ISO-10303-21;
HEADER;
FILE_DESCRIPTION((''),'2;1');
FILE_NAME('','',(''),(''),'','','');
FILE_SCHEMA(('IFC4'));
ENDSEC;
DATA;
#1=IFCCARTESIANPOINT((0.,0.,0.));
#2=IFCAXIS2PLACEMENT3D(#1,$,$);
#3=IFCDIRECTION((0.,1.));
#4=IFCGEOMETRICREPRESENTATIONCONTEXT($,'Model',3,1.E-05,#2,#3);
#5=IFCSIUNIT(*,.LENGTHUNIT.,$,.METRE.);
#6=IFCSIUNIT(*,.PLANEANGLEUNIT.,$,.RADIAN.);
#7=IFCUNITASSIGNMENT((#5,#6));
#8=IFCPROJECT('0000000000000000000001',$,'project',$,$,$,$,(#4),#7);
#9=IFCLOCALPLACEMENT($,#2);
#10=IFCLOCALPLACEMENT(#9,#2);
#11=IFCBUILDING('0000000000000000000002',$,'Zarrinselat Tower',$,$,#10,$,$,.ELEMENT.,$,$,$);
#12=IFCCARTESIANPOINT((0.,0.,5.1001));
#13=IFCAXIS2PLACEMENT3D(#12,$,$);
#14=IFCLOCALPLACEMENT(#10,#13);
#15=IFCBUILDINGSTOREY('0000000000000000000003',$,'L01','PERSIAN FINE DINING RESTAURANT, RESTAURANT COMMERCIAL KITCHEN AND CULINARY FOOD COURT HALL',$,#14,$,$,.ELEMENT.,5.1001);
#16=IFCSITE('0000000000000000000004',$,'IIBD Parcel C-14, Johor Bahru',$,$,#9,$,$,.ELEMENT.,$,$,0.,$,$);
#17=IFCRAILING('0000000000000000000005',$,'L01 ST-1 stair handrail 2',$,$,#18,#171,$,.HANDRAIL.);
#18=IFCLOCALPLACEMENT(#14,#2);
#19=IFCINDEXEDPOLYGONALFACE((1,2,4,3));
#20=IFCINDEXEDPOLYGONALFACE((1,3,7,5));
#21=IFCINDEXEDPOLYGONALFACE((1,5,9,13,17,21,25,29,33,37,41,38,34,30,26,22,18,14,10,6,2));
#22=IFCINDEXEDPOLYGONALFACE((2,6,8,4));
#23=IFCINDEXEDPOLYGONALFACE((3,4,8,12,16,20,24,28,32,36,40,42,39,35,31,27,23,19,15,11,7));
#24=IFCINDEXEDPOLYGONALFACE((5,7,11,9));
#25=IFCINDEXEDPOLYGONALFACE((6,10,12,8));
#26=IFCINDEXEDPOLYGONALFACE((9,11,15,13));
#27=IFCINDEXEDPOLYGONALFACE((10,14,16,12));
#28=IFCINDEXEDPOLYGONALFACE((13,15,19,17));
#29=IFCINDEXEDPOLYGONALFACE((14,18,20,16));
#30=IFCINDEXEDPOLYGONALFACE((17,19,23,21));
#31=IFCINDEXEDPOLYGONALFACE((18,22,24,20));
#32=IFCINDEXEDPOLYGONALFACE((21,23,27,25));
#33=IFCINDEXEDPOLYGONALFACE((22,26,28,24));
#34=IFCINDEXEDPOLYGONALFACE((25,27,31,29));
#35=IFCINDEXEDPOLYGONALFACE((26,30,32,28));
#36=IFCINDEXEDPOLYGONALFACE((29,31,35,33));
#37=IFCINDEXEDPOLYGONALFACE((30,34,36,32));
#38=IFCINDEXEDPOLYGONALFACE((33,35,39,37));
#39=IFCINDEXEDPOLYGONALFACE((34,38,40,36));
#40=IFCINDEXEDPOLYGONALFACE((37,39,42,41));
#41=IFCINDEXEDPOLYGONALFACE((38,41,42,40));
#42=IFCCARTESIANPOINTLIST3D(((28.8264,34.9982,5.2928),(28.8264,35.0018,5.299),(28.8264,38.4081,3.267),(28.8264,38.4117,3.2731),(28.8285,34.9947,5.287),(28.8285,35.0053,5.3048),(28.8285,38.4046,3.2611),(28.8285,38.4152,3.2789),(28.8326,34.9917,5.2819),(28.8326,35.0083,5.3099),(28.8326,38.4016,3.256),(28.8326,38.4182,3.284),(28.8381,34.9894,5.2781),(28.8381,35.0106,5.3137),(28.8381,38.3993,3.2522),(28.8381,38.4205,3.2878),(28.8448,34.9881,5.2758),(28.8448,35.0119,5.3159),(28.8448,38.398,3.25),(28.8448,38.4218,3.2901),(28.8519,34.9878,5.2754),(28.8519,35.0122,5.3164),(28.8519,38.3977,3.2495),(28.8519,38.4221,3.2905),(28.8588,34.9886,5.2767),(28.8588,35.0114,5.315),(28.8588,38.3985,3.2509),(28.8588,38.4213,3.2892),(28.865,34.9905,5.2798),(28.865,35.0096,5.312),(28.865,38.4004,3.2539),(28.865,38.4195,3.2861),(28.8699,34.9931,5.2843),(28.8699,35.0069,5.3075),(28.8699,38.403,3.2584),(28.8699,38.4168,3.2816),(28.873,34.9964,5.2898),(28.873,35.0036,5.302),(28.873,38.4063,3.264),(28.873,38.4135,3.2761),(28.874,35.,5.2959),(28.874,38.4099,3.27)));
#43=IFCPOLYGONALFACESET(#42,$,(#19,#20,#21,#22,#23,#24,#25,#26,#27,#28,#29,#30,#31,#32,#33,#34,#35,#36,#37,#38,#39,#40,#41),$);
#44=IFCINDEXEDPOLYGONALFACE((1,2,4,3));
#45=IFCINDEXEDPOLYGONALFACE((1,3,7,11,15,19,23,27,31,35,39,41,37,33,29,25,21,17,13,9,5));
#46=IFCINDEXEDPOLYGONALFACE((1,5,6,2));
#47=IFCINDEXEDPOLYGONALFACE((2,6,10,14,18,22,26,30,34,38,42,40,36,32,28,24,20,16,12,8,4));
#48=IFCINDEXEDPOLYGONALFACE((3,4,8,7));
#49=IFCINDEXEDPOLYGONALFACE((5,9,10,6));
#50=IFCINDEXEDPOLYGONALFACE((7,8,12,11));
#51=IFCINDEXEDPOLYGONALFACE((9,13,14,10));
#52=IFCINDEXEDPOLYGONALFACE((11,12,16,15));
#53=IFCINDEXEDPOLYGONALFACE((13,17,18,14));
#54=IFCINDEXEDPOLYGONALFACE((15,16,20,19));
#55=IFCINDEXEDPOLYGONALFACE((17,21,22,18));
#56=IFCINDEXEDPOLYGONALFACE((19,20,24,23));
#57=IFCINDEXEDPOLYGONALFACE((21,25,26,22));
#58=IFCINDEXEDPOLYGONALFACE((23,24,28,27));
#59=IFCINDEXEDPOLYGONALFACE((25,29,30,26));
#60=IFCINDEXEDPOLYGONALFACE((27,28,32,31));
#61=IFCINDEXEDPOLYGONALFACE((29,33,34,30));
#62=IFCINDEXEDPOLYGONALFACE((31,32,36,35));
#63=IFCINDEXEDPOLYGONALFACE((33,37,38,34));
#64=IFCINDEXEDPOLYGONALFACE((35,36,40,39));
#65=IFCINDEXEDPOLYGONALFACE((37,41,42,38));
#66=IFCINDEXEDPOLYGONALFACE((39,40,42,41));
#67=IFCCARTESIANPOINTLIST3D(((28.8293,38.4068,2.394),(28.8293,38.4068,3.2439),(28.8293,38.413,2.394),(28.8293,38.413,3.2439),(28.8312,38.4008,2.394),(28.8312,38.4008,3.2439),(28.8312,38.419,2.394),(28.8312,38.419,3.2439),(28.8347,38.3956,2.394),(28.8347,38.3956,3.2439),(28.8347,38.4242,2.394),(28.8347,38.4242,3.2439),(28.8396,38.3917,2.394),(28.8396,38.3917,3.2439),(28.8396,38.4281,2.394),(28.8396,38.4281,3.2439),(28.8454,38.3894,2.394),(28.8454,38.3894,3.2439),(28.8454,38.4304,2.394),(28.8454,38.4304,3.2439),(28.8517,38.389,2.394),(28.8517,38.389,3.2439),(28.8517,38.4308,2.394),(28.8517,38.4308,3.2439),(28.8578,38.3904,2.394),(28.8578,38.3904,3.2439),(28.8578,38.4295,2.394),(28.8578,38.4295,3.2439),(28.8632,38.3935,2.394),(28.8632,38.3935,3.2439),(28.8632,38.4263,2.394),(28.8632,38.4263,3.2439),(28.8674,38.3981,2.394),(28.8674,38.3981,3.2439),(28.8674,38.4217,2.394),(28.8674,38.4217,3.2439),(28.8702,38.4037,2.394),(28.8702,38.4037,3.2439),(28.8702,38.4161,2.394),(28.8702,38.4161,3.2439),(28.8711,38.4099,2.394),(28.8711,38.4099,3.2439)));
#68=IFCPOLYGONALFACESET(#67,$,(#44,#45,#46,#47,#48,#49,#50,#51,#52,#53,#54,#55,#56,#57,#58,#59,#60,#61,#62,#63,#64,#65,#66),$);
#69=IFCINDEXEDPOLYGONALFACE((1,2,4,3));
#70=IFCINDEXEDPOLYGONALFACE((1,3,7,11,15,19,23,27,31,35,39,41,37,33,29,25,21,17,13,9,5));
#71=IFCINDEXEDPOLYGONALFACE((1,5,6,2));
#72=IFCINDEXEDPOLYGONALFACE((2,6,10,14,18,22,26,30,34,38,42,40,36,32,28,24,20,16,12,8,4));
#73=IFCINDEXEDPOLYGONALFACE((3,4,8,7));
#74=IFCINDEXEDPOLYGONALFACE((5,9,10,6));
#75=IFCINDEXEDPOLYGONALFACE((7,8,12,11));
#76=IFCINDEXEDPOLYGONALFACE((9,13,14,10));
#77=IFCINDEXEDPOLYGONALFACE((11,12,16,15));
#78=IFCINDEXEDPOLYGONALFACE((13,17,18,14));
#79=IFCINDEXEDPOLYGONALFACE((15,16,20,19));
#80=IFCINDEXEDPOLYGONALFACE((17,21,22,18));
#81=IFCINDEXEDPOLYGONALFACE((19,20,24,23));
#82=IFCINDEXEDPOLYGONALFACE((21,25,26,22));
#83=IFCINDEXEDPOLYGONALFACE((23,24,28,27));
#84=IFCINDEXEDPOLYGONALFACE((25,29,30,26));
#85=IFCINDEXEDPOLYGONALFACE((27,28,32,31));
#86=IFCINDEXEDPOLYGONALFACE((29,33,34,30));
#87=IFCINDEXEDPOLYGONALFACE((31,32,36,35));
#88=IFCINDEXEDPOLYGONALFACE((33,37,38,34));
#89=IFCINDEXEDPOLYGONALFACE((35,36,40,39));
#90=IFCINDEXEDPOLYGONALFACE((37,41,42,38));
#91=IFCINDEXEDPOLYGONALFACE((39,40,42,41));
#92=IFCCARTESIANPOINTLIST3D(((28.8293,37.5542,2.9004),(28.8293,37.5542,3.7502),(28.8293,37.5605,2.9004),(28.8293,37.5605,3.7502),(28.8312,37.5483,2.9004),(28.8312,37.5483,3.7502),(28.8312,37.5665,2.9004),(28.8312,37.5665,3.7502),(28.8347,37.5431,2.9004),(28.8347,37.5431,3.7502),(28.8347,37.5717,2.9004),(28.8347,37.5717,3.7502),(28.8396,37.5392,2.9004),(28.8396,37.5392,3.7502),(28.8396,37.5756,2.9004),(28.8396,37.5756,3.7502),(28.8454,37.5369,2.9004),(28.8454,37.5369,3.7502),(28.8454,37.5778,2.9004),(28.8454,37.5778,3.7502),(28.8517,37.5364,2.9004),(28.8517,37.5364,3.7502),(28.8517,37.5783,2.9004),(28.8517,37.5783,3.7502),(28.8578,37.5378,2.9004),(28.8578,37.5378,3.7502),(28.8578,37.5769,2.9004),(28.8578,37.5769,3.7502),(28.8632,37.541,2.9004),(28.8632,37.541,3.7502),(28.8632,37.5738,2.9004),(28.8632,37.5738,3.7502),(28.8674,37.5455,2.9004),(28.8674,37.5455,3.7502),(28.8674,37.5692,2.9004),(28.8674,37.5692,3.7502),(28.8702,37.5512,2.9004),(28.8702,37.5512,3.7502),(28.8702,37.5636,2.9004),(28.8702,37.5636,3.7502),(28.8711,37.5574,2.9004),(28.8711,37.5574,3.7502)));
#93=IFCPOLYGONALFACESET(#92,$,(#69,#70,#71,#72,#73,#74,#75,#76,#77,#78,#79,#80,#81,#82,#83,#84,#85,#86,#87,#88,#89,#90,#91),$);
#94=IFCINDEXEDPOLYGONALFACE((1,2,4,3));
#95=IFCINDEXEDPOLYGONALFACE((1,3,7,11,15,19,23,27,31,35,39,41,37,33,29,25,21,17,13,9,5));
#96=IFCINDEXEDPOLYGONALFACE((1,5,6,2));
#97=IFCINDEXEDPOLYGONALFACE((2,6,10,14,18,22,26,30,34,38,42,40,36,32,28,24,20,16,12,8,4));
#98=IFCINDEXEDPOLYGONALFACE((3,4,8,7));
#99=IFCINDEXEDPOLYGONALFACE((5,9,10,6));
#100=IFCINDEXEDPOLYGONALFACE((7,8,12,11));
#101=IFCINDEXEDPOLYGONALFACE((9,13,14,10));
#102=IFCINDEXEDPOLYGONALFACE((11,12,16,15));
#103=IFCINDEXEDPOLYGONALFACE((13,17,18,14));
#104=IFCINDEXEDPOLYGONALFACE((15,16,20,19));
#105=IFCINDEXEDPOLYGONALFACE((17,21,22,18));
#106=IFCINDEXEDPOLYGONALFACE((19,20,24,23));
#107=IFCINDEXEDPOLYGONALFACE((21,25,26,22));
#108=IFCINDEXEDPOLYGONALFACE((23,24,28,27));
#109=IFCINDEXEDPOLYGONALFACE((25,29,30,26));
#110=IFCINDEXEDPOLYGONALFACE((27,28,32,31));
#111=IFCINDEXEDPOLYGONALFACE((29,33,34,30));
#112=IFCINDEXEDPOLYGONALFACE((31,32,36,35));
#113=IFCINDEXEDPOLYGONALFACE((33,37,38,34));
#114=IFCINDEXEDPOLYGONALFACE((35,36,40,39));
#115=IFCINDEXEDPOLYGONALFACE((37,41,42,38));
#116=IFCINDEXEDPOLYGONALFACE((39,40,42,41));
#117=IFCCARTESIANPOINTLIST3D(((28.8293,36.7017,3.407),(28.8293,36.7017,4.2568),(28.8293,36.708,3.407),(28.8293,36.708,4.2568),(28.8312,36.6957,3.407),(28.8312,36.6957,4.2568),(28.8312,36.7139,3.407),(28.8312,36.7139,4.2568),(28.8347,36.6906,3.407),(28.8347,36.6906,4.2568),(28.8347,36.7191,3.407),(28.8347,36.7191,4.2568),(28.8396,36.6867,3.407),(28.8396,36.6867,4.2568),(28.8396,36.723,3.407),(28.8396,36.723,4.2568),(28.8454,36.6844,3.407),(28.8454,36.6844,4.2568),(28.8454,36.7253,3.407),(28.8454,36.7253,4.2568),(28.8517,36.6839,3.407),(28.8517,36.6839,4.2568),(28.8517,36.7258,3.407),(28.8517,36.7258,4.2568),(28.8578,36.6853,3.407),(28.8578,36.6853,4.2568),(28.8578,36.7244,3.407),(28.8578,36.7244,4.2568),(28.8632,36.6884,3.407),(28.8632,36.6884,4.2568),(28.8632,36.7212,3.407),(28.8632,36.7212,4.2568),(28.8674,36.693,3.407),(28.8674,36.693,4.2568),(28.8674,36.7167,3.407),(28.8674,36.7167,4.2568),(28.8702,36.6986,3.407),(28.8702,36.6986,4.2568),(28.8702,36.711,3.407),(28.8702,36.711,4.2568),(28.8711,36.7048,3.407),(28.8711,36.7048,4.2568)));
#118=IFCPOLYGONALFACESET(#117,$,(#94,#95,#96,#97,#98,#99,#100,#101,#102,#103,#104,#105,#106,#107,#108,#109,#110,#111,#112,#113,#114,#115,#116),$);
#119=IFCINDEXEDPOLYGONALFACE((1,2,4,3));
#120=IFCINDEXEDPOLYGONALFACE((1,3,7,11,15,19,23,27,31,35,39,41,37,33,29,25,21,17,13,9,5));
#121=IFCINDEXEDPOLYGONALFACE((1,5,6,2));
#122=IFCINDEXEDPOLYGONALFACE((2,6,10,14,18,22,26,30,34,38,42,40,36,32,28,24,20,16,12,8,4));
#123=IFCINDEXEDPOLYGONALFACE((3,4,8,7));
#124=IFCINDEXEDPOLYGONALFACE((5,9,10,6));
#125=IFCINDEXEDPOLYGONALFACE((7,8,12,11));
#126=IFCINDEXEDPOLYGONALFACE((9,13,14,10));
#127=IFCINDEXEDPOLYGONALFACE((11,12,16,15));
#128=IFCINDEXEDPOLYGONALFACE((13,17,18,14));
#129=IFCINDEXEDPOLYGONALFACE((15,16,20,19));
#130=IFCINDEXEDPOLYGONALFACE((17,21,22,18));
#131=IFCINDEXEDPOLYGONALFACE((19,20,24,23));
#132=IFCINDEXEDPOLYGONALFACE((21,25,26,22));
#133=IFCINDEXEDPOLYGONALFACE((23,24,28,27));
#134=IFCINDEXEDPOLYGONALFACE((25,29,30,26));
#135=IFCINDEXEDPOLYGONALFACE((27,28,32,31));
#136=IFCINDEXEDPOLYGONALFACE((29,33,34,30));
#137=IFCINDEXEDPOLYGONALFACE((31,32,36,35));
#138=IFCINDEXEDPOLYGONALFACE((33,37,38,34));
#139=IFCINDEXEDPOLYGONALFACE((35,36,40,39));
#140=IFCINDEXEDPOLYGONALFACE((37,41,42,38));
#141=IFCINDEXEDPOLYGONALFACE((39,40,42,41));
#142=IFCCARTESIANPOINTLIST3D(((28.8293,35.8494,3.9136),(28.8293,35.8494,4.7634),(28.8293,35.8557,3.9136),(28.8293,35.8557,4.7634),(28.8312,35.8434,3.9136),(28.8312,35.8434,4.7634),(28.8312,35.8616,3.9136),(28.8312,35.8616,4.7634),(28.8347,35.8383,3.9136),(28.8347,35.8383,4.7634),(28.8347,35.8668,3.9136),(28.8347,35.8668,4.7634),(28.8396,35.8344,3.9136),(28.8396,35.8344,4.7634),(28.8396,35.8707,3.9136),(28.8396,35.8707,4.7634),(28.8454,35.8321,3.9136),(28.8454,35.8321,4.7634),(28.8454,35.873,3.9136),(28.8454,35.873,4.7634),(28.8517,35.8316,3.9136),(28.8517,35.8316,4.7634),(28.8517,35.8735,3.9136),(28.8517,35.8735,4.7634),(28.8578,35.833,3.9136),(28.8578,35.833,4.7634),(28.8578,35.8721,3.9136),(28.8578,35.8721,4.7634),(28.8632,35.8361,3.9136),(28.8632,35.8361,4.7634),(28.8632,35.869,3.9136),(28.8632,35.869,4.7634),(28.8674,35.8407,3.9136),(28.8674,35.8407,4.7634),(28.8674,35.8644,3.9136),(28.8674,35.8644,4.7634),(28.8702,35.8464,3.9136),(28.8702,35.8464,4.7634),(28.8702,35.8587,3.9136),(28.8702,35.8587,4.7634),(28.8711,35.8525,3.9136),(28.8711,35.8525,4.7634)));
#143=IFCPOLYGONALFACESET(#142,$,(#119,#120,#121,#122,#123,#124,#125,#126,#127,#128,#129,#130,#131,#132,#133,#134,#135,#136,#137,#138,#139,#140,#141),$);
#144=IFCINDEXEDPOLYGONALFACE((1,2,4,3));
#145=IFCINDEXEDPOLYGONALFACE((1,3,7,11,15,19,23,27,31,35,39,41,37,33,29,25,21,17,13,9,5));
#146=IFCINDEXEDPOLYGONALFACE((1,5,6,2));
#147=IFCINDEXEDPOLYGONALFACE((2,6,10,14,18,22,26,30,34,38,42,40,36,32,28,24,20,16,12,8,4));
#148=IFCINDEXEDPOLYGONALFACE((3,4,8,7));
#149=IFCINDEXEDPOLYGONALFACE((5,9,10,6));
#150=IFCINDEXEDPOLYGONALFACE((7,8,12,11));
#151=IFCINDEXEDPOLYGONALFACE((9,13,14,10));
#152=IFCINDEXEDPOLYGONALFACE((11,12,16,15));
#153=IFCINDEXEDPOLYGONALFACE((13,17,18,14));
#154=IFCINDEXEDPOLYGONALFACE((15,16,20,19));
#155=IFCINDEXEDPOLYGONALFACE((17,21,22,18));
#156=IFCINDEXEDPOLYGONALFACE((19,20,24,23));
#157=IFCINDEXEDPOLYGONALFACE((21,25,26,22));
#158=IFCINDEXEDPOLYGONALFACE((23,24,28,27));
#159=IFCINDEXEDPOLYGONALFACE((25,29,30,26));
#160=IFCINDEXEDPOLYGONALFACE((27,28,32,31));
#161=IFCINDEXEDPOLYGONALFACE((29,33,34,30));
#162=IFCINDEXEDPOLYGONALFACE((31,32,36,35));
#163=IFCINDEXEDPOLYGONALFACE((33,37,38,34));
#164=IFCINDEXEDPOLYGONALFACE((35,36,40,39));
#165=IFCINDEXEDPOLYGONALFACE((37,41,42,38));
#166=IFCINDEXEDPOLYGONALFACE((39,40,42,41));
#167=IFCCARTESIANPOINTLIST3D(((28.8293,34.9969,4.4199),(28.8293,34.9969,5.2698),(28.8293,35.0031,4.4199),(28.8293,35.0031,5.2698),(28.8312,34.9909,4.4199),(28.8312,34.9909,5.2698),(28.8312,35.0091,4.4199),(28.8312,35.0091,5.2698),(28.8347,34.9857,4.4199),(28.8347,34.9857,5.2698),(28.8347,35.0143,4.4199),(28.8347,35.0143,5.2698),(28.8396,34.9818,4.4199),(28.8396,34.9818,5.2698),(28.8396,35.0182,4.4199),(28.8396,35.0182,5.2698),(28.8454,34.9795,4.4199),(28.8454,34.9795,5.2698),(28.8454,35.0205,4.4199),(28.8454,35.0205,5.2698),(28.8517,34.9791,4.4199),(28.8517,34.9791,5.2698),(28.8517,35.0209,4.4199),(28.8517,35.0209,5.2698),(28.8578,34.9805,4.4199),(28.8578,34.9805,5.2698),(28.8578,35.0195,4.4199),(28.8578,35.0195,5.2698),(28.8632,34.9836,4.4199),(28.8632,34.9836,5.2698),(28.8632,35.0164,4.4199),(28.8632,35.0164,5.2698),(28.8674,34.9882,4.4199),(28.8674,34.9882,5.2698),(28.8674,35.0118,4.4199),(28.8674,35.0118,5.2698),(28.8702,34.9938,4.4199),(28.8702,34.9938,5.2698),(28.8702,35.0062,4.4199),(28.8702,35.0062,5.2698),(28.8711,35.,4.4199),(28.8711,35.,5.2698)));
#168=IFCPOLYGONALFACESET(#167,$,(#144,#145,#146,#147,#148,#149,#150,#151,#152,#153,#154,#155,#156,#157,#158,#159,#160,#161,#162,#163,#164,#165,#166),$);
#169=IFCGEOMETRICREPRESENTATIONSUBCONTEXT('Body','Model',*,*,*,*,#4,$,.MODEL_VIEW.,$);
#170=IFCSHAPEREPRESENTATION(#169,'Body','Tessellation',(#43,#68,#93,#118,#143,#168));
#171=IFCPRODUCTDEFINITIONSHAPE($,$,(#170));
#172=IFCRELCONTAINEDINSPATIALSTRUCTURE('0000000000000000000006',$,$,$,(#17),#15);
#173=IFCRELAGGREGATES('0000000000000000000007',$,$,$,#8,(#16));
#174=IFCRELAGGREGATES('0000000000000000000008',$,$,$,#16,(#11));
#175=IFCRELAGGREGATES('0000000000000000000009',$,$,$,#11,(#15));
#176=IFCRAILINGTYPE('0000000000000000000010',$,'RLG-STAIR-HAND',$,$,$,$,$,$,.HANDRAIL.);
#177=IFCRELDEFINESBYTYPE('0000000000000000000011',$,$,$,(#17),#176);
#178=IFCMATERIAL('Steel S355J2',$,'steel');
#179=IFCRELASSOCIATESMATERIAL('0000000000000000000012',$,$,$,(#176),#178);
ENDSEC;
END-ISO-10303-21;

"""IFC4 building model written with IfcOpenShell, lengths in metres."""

from ifc_helpers import new_model, si_unit, direction, frame, origin, origin_2d, place, context, subcontext, project, spatial, circle, extrude, material, type_object, element, save


model = new_model("IFC4")

# Units and contexts
model_context = context("Model", 3, precision=1e-05, world=origin(), true_north=direction((0.0, 1.0)))
body_context = subcontext(model_context, "Body", "Model", "MODEL_VIEW")
ifc_project = project(units=[si_unit("LENGTHUNIT", "METRE"), si_unit("PLANEANGLEUNIT", "RADIAN")], contexts=[model_context])

# Site, building, storey
site_placement = place(None, origin())
site = spatial("IfcSite", under=ifc_project, at=site_placement, Name="IIBD Parcel C-14, Johor Bahru", CompositionType="ELEMENT", RefElevation=0.0)
building_placement = place(site_placement, origin())
building = spatial("IfcBuilding", under=site, at=building_placement, Name="Zarrinselat Tower", CompositionType="ELEMENT")
storey_placement = place(building_placement, frame((0.0, 0.0, 5.1001)))
storey = spatial("IfcBuildingStorey", under=building, at=storey_placement, Name="L01", Description="PERSIAN FINE DINING RESTAURANT, RESTAURANT COMMERCIAL KITCHEN AND CULINARY FOOD COURT HALL", CompositionType="ELEMENT", Elevation=5.1001)

# Railing
ifc_material_1 = material(Name="Steel S355J2", Category="steel")
railing_type_1 = type_object("IfcRailingType", Name="RLG-STAIR-HAND", PredefinedType="HANDRAIL", material=ifc_material_1)
railing_1_placement = place(storey_placement, frame((28.8501, 38.4099, 2.394)))
element("IfcRailing", 1, at=railing_1_placement, inside=storey, type_object=railing_type_1, Name="L01 ST-1 stair handrail 2", PredefinedType="HANDRAIL", context=body_context, shape_type="SweptSolid", body=[
    extrude(circle(Radius=0.0239, at=origin_2d()), frame((0.0, 0.0, 0.876), z_axis=(0.0, -0.859717, 0.510771), x_axis=(1.0, 0.0, 0.0)), (0.0, 0.0, 1.0), 3.9663),
    extrude(circle(Radius=0.021, at=origin_2d()), origin(), (0.0, 0.0, 1.0), 0.8499),
    extrude(circle(Radius=0.021, at=origin_2d()), frame((0.0, -0.8525, 0.5063)), (0.0, 0.0, 1.0), 0.8499),
    extrude(circle(Radius=0.021, at=origin_2d()), frame((0.0, -1.7051, 1.0129)), (0.0, 0.0, 1.0), 0.8499),
    extrude(circle(Radius=0.021, at=origin_2d()), frame((0.0, -2.5574, 1.5195)), (0.0, 0.0, 1.0), 0.8499),
    extrude(circle(Radius=0.021, at=origin_2d()), frame((0.0, -3.4099, 2.0259)), (0.0, 0.0, 1.0), 0.8499),
])

save(model, "model.ifc")
